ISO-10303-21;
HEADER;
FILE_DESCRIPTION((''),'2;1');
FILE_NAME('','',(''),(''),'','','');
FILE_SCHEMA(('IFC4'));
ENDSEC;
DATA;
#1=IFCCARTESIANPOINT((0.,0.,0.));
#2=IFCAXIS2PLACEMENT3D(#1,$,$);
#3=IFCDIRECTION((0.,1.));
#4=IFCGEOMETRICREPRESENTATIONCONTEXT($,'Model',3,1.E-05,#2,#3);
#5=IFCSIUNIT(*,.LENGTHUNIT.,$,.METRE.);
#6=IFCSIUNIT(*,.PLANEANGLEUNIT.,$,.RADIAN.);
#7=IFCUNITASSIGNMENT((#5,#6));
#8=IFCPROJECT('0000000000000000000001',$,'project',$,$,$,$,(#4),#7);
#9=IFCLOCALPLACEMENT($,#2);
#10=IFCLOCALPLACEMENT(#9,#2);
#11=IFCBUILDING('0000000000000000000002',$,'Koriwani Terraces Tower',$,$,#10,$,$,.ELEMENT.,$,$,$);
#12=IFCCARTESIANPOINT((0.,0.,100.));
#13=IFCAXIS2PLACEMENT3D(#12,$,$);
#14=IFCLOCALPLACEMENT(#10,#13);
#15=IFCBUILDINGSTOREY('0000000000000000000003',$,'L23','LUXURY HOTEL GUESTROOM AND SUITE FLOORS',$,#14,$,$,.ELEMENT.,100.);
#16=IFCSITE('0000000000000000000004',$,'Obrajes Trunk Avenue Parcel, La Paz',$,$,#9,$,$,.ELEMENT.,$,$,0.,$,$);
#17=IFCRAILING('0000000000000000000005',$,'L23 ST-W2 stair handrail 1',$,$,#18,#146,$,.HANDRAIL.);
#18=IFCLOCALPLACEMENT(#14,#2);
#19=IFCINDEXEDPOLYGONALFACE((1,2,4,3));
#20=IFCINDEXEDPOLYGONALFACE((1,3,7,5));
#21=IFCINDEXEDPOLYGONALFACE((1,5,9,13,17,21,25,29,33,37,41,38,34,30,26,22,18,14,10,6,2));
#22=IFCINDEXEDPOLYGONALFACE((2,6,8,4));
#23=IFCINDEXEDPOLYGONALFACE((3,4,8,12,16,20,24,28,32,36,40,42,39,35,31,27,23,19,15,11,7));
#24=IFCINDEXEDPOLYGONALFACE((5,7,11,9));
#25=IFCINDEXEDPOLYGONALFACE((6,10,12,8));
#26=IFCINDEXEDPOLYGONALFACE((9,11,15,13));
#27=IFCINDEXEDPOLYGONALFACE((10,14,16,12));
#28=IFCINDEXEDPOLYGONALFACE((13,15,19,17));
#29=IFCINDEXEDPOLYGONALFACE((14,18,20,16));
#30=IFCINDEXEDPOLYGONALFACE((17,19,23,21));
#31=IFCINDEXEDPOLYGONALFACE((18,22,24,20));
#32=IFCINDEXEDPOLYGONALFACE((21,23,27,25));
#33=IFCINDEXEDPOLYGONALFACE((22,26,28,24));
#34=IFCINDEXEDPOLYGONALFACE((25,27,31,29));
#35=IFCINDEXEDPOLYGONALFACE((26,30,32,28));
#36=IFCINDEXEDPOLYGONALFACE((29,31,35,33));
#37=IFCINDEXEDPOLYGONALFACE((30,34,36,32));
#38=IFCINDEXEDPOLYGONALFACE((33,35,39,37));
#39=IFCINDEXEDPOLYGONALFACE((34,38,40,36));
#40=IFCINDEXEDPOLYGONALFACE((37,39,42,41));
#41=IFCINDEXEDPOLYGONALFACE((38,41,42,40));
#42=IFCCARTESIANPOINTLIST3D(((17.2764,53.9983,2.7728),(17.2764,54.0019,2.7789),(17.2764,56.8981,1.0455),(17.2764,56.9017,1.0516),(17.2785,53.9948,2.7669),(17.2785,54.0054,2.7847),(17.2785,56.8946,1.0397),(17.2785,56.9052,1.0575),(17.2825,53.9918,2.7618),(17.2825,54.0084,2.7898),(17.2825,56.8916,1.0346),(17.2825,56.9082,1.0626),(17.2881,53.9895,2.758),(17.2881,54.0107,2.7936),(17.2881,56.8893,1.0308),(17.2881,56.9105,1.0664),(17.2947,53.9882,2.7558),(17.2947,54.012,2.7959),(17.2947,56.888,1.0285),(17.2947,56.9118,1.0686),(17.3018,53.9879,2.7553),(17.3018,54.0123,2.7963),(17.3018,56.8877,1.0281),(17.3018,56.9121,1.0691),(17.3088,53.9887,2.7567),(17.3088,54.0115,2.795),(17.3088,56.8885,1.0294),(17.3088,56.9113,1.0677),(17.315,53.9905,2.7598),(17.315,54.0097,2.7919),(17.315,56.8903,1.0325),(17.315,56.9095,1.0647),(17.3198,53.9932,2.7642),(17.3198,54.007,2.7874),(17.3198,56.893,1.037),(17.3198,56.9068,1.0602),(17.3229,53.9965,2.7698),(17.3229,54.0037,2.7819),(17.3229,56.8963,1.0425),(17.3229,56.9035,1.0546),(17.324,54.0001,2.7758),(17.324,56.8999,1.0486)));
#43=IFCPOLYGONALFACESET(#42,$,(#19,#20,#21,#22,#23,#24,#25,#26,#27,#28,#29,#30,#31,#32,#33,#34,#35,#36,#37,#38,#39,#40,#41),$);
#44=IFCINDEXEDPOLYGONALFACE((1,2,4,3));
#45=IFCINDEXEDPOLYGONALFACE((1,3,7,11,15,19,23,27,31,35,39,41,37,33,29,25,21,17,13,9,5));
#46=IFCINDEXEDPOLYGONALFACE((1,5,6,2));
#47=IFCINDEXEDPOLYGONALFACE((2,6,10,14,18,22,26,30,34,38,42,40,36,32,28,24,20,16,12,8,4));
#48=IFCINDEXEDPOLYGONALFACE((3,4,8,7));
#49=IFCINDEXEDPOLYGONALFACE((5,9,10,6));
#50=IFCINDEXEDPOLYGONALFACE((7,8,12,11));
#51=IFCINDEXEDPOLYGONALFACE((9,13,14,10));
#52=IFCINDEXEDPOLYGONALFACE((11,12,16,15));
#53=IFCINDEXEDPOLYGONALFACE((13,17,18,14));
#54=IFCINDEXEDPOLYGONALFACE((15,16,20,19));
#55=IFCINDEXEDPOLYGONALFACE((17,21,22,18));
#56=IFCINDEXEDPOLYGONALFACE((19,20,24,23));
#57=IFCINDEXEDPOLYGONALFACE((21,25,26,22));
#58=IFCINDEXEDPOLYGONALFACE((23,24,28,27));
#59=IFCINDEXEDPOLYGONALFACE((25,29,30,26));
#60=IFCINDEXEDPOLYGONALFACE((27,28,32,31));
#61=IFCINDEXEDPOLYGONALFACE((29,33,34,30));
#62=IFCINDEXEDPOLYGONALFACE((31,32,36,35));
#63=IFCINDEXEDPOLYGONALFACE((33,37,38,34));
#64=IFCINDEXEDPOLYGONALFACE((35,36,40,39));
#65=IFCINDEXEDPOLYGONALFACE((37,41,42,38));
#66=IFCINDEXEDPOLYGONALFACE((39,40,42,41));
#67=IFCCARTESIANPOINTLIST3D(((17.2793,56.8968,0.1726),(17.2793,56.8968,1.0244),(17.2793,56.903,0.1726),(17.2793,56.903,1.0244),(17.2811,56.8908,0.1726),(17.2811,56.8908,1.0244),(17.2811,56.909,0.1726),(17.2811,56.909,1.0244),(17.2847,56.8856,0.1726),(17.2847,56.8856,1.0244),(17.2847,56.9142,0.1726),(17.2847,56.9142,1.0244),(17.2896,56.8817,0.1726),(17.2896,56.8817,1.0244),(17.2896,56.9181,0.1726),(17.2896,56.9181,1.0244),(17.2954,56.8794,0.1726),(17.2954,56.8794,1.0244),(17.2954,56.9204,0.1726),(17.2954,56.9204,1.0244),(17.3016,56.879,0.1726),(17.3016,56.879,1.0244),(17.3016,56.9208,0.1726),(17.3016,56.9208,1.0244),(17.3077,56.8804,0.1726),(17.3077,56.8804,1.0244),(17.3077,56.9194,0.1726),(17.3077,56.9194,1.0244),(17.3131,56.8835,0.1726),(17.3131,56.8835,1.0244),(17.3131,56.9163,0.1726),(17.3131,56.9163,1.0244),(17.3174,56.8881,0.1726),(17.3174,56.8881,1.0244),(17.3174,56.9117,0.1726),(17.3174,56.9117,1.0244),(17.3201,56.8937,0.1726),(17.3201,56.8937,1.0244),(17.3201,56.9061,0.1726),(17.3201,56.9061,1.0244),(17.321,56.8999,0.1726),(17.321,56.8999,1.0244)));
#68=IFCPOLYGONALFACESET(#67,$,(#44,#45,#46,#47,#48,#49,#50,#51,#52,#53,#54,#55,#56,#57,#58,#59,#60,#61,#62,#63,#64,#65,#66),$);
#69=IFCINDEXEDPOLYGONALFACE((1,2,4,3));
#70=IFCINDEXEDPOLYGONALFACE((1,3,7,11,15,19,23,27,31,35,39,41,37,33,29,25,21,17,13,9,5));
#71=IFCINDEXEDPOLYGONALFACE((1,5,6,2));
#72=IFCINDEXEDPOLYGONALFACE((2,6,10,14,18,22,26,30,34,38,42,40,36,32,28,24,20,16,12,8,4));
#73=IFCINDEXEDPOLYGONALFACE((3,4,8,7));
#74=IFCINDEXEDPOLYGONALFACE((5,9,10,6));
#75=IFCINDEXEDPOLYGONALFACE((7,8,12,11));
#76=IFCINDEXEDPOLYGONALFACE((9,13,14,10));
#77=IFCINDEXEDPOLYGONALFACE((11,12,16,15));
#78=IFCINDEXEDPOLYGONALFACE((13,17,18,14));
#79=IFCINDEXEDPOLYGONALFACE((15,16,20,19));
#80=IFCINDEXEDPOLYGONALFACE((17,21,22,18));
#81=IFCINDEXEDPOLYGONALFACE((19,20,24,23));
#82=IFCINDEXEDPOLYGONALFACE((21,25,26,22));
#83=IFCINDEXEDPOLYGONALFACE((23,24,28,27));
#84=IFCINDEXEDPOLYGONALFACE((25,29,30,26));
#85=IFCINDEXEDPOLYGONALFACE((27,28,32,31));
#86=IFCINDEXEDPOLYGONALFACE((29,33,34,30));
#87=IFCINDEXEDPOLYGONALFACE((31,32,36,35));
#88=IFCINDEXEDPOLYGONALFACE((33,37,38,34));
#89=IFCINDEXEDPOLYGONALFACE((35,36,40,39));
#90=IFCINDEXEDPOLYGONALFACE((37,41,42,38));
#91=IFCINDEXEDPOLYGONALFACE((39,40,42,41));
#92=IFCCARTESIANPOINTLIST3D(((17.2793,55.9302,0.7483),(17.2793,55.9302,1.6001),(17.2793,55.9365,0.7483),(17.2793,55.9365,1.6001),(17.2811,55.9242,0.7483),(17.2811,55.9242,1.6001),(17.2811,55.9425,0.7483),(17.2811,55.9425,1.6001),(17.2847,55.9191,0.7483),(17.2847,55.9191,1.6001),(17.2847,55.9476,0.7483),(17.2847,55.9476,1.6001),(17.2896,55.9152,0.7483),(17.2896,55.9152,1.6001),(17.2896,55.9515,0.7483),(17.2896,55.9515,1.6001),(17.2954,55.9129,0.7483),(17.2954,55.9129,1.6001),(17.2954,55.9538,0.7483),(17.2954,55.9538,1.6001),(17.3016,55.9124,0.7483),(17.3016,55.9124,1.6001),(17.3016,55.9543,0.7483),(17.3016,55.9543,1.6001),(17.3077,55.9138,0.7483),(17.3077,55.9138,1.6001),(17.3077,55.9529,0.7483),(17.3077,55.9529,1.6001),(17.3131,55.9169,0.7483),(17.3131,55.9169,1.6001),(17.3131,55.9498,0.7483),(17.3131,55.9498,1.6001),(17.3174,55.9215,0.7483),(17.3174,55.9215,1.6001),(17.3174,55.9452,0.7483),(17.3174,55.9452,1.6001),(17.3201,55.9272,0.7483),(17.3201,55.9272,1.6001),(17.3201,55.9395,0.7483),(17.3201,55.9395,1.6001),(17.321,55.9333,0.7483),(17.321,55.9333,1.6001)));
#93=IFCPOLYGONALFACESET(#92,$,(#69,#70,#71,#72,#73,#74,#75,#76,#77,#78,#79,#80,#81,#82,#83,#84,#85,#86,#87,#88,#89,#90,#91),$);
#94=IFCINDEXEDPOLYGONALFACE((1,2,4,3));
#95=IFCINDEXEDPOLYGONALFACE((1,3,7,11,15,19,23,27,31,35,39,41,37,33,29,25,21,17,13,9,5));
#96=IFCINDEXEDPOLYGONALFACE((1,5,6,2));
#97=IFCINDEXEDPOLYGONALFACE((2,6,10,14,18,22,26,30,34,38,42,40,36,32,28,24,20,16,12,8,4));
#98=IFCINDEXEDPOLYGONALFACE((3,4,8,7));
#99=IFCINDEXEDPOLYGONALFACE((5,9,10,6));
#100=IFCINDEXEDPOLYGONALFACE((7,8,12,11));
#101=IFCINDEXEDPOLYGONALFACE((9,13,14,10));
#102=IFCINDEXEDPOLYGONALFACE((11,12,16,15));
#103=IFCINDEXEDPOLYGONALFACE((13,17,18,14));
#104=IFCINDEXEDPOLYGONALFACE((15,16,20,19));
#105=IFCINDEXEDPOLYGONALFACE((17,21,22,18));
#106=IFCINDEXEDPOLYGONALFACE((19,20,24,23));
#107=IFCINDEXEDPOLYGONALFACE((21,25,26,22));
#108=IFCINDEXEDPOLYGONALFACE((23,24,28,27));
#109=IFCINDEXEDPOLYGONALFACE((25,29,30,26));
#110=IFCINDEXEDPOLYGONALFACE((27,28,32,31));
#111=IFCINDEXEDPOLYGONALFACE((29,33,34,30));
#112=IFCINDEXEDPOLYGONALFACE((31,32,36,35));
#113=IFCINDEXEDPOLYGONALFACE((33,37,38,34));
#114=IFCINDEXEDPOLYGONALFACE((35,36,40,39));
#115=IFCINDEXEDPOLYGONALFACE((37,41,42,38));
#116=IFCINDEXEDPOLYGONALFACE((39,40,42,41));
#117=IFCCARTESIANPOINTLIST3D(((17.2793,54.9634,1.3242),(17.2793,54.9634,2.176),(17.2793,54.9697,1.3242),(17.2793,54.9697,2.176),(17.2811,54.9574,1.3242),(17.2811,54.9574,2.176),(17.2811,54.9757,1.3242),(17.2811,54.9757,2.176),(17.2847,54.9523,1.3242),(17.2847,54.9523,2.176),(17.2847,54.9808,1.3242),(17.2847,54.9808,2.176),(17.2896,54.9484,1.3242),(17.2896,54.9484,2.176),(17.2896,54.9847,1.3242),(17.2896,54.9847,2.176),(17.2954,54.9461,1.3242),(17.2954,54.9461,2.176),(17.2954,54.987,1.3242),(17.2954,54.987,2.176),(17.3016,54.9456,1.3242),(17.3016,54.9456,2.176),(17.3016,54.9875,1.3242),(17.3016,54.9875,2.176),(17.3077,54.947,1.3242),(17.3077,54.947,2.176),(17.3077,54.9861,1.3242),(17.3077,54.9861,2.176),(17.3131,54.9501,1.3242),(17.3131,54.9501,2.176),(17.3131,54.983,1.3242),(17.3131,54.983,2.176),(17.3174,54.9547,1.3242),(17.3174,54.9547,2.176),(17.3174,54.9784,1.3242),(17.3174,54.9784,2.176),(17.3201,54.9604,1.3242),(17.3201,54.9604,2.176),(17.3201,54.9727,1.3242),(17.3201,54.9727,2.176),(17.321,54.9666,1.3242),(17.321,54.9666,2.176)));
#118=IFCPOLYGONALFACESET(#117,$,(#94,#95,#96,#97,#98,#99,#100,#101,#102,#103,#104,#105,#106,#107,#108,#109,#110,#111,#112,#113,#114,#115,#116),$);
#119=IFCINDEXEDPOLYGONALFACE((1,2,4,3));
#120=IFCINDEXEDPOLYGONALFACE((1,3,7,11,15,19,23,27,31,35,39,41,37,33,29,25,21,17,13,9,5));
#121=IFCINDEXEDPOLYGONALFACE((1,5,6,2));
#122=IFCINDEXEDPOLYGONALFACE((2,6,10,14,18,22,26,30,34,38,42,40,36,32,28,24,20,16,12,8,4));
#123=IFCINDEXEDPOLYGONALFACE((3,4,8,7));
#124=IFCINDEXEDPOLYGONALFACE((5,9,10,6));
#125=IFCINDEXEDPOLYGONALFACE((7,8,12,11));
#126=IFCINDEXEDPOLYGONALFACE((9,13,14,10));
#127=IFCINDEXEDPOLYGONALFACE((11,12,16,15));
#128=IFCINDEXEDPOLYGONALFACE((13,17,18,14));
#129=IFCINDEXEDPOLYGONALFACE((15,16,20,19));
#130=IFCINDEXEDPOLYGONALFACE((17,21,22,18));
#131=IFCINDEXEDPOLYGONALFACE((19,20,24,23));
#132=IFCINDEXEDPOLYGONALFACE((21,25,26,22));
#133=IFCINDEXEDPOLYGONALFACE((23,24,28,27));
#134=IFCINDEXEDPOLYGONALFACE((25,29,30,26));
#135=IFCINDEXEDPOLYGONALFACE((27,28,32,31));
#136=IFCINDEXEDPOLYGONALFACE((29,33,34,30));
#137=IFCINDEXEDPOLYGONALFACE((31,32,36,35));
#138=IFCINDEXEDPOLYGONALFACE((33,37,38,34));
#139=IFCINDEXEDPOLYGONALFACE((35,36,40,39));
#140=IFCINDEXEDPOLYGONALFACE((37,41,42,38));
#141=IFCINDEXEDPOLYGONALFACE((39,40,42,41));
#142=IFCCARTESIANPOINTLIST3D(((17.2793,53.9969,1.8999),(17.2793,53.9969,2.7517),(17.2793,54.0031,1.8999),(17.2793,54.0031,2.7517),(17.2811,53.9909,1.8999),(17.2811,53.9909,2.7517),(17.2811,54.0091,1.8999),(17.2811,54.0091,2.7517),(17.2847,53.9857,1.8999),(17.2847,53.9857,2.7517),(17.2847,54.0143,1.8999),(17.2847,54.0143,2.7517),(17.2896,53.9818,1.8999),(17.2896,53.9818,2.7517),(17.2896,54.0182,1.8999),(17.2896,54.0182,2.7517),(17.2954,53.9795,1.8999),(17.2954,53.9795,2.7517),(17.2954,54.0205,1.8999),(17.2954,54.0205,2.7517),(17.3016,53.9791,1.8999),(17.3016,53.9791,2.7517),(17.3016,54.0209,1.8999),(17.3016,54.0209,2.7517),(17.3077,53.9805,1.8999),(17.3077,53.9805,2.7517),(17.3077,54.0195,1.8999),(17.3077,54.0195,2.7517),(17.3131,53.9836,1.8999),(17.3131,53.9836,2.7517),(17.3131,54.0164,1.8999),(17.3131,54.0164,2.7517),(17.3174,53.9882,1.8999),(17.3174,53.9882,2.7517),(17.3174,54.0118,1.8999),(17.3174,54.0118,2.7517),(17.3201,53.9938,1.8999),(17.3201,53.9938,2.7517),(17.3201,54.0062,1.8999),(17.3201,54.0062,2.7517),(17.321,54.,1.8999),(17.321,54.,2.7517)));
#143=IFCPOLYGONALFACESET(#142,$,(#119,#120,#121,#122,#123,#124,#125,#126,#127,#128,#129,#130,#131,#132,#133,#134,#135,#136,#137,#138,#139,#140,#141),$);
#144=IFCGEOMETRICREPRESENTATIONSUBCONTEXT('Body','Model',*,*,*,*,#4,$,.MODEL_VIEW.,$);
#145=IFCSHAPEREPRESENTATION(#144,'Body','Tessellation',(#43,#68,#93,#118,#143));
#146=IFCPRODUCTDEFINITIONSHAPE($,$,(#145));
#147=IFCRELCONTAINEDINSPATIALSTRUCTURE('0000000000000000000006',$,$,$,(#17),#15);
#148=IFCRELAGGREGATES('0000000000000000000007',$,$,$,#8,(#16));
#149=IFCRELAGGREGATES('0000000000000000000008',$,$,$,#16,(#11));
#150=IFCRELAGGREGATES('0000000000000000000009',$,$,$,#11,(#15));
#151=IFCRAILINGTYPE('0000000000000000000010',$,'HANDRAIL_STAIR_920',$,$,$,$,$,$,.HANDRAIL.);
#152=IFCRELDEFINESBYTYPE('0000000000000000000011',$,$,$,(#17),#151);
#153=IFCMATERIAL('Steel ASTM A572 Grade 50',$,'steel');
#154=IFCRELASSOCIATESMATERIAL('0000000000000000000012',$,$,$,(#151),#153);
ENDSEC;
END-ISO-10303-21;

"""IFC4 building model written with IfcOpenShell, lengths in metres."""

from ifc_helpers import new_model, si_unit, direction, frame, origin, origin_2d, place, context, subcontext, project, spatial, circle, extrude, material, type_object, element, save


model = new_model("IFC4")

# Units and contexts
model_context = context("Model", 3, precision=1e-05, world=origin(), true_north=direction((0.0, 1.0)))
body_context = subcontext(model_context, "Body", "Model", "MODEL_VIEW")
ifc_project = project(units=[si_unit("LENGTHUNIT", "METRE"), si_unit("PLANEANGLEUNIT", "RADIAN")], contexts=[model_context])

# Site, building, storey
site_placement = place(None, origin())
site = spatial("IfcSite", under=ifc_project, at=site_placement, Name="Obrajes Trunk Avenue Parcel, La Paz", CompositionType="ELEMENT", RefElevation=0.0)
building_placement = place(site_placement, origin())
building = spatial("IfcBuilding", under=site, at=building_placement, Name="Koriwani Terraces Tower", CompositionType="ELEMENT")
storey_placement = place(building_placement, frame((0.0, 0.0, 100.0)))
storey = spatial("IfcBuildingStorey", under=building, at=storey_placement, Name="L23", Description="LUXURY HOTEL GUESTROOM AND SUITE FLOORS", CompositionType="ELEMENT", Elevation=100.0)

# Shared definitions
ifc_material_1 = material(Name="Steel ASTM A572 Grade 50", Category="steel")

# Railing
railing_type_1 = type_object("IfcRailingType", Name="HANDRAIL_STAIR_920", PredefinedType="HANDRAIL", material=ifc_material_1)
for number, where, name in (
    (1, (17.3, 56.8999, 0.1726), "L23 ST-W2 stair handrail 1"),
):
    element("IfcRailing", number, at=place(storey_placement, frame(where)), inside=storey, type_object=railing_type_1, Name=name, PredefinedType="HANDRAIL", context=body_context, shape_type="SweptSolid", body=[
        extrude(circle(Radius=0.0239, at=origin_2d()), frame((0.0, 0.0, 0.876), z_axis=(0.0, -0.859141, 0.511738), x_axis=(1.0, 0.0, 0.0)), (0.0, 0.0, 1.0), 3.3752),
        extrude(circle(Radius=0.021, at=origin_2d()), origin(), (0.0, 0.0, 1.0), 0.8518),
        extrude(circle(Radius=0.021, at=origin_2d()), frame((0.0, -0.9666, 0.5757)), (0.0, 0.0, 1.0), 0.8518),
        extrude(circle(Radius=0.021, at=origin_2d()), frame((0.0, -1.9333, 1.1516)), (0.0, 0.0, 1.0), 0.8518),
        extrude(circle(Radius=0.021, at=origin_2d()), frame((0.0, -2.8999, 1.7273)), (0.0, 0.0, 1.0), 0.8518),
    ])

save(model, "model.ifc")
